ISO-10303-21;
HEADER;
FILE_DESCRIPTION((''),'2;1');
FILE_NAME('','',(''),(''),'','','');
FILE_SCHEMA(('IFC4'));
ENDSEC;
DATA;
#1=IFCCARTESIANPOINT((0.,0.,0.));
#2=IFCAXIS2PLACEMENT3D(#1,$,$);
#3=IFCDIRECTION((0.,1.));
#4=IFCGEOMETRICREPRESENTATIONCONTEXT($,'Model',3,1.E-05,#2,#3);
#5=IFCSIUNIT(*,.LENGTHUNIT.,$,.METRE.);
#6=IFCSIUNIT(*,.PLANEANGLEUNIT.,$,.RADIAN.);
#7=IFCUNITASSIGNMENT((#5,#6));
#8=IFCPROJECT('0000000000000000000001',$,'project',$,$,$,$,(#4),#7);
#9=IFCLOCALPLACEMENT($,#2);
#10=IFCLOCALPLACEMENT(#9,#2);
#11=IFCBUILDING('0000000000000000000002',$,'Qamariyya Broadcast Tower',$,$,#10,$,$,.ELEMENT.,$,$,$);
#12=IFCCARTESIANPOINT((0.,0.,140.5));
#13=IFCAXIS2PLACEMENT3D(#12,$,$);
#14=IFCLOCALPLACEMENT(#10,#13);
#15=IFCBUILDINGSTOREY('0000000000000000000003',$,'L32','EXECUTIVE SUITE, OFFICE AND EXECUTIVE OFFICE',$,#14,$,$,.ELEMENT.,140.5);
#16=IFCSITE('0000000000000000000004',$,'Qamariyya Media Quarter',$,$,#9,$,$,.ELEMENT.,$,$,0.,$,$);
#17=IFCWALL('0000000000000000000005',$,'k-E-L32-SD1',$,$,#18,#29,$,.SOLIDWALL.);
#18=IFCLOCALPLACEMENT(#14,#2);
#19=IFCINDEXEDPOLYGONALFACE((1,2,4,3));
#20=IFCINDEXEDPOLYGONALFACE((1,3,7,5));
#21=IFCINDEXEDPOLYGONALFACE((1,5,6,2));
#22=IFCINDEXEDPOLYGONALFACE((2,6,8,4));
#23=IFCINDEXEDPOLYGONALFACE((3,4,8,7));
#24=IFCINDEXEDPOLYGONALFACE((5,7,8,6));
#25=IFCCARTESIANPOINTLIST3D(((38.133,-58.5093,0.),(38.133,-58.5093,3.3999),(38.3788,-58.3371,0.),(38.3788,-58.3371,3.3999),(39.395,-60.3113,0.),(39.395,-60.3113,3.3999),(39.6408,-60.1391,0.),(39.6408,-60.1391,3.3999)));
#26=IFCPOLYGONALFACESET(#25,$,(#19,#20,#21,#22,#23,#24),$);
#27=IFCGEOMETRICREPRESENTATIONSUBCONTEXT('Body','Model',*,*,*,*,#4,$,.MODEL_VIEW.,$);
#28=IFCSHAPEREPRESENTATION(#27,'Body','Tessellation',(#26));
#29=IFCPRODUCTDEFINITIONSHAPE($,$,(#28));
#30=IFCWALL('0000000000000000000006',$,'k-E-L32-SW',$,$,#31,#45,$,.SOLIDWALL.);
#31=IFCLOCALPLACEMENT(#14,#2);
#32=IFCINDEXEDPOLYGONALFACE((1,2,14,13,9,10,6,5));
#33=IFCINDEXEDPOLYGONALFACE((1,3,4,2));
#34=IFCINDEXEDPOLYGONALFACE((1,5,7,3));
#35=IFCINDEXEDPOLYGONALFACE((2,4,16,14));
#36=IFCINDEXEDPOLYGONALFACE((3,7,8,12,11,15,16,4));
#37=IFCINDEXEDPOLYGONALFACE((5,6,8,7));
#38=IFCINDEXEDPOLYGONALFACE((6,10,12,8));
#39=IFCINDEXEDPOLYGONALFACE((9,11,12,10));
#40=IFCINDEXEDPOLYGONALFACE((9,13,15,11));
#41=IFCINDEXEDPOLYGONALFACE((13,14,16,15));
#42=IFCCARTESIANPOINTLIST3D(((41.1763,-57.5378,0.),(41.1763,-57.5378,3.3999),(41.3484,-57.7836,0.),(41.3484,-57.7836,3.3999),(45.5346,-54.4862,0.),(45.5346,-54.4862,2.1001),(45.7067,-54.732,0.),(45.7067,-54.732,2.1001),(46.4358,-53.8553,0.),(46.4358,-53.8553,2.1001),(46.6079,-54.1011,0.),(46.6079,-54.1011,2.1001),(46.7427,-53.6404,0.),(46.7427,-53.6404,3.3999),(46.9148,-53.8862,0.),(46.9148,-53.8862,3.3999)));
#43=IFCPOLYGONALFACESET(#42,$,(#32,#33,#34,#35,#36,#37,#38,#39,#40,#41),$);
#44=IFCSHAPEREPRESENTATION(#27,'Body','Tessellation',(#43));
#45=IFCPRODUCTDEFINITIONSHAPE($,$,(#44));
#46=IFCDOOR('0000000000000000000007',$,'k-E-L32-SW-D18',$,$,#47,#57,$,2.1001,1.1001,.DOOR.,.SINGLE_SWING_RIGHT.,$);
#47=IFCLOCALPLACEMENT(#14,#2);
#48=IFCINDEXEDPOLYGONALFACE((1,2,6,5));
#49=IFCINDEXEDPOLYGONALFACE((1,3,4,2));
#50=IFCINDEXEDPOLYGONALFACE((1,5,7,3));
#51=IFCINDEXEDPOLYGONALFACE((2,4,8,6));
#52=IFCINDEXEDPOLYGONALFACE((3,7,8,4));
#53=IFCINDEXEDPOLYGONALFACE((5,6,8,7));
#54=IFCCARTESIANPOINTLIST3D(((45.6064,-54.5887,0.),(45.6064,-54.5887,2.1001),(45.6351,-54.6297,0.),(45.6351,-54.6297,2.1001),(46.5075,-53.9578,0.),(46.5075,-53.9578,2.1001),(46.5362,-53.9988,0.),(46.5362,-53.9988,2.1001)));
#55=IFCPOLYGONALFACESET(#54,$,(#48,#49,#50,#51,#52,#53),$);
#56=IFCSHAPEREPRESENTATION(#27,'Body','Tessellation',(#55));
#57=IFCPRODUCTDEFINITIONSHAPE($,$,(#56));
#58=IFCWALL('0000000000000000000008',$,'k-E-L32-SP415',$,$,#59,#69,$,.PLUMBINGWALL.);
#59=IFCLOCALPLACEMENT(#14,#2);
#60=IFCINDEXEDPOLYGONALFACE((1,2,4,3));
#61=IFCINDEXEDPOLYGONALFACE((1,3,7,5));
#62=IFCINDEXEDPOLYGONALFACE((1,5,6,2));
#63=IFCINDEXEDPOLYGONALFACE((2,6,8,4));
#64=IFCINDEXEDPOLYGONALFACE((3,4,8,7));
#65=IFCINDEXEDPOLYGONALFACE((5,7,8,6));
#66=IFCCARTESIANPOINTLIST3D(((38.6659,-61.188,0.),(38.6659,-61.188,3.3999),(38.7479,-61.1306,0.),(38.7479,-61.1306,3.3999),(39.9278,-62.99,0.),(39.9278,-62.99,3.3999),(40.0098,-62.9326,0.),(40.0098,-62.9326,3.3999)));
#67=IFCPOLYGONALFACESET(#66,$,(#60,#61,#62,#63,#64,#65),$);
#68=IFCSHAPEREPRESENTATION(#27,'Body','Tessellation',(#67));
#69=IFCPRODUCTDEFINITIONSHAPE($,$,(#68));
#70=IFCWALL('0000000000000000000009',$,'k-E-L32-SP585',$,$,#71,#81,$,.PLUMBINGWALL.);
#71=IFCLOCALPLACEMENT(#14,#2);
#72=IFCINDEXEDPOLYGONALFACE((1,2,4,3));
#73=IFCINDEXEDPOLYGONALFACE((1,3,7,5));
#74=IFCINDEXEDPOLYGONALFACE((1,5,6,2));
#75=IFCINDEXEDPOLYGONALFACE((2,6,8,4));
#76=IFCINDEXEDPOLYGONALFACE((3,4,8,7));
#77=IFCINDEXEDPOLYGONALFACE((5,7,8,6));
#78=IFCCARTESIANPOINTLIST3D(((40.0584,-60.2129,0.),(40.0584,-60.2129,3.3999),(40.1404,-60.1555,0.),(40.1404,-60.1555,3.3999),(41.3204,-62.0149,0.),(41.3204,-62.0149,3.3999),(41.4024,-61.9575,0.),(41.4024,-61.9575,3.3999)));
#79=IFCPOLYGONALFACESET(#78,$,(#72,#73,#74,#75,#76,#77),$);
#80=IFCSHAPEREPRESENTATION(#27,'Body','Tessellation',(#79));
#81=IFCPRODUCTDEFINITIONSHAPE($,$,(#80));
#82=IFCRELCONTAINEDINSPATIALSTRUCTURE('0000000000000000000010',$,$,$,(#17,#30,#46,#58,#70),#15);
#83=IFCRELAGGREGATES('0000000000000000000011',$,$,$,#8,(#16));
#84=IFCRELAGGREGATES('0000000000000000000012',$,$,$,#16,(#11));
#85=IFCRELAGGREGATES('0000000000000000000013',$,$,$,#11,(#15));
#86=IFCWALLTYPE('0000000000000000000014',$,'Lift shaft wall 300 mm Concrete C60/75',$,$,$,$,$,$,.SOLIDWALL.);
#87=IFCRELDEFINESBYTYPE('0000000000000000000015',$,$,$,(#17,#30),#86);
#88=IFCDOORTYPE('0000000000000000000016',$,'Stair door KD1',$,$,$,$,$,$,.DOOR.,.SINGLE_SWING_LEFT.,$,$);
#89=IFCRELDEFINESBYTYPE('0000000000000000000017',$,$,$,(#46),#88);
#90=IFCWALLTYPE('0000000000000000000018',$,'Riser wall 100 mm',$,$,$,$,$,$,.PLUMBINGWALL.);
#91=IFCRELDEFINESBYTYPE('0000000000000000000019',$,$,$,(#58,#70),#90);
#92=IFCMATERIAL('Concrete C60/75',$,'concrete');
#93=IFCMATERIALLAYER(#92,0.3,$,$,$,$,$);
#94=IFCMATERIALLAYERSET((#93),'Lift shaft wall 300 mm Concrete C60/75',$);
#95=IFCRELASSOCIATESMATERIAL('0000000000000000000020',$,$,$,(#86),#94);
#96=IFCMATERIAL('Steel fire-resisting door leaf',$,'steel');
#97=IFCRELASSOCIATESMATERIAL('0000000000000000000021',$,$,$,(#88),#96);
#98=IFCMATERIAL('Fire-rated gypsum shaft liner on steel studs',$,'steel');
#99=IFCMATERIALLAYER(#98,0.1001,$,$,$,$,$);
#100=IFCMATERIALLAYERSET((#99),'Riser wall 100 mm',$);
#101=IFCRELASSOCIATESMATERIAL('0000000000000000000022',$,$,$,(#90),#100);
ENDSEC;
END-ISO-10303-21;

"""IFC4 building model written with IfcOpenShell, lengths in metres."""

from ifc_helpers import new_model, si_unit, direction, frame, frame_2d, origin, place, context, subcontext, project, spatial, rectangle, extrude, material, layer, layer_set, type_object, element, fill, save


model = new_model("IFC4")

# Units and contexts
model_context = context("Model", 3, precision=1e-05, world=origin(), true_north=direction((0.0, 1.0)))
body_context = subcontext(model_context, "Body", "Model", "MODEL_VIEW")
ifc_project = project(units=[si_unit("LENGTHUNIT", "METRE"), si_unit("PLANEANGLEUNIT", "RADIAN")], contexts=[model_context])

# Site, building, storey
site_placement = place(None, origin())
site = spatial("IfcSite", under=ifc_project, at=site_placement, Name="Qamariyya Media Quarter", CompositionType="ELEMENT", RefElevation=0.0)
building_placement = place(site_placement, origin())
building = spatial("IfcBuilding", under=site, at=building_placement, Name="Qamariyya Broadcast Tower", CompositionType="ELEMENT")
storey_placement = place(building_placement, frame((0.0, 0.0, 140.5)))
storey = spatial("IfcBuildingStorey", under=building, at=storey_placement, Name="L32", Description="EXECUTIVE SUITE, OFFICE AND EXECUTIVE OFFICE", CompositionType="ELEMENT", Elevation=140.5)

# Shared definitions
ifc_material_1 = material(Name="Concrete C60/75", Category="concrete")
ifc_layer_1 = layer(ifc_material_1, 0.3)
ifc_layer_set_1 = layer_set([ifc_layer_1], Name="Lift shaft wall 300 mm Concrete C60/75")
wall_type_1 = type_object("IfcWallType", Name="Lift shaft wall 300 mm Concrete C60/75", PredefinedType="SOLIDWALL", material=ifc_layer_set_1)
ifc_material_2 = material(Name="Steel fire-resisting door leaf", Category="steel")

# Wall
wall_1_placement = place(storey_placement, frame((38.2559, -58.4231, 0.0), z_axis=(0.0, 0.0, 1.0), x_axis=(0.573634, -0.819112, 0.0)))
element("IfcWall", 1, at=wall_1_placement, inside=storey, type_object=wall_type_1, Name="k-E-L32-SD1", PredefinedType="SOLIDWALL", context=body_context, shape_type="SweptSolid", body=[
    extrude(rectangle(XDim=2.2, YDim=0.3, at=frame_2d((1.1001, 0.0))), origin(), (0.0, 0.0, 1.0), 3.3999),
])

# Wall, opening, door
wall_2_placement = place(storey_placement, frame((41.2625, -57.6606, 0.0), z_axis=(0.0, 0.0, 1.0), x_axis=(0.819164, 0.573559, 0.0)))
wall_2 = element("IfcWall", 2, at=wall_2_placement, inside=storey, type_object=wall_type_1, Name="k-E-L32-SW", PredefinedType="SOLIDWALL", context=body_context, shape_type="SweptSolid", body=[
    extrude(rectangle(XDim=6.7952, YDim=0.3, at=frame_2d((3.3975, 0.0))), origin(), (0.0, 0.0, 1.0), 3.3999),
])
opening_1_placement = place(wall_2_placement, frame((5.3203, 0.0, 0.0)))
opening_1 = element("IfcOpeningElement", 3, at=opening_1_placement, cuts=wall_2, PredefinedType="OPENING", context=body_context, shape_type="SweptSolid", body=[
    extrude(rectangle(XDim=1.1001, YDim=2.1001, at=frame_2d((0.55, 1.05))), frame((0.0, 0.1599, 0.0), z_axis=(0.0, -1.0, 0.0), x_axis=(1.0, 0.0, 0.0)), (0.0, 0.0, 1.0), 0.3201),
])
door_type_1 = type_object("IfcDoorType", Name="Stair door KD1", OperationType="SINGLE_SWING_LEFT", PredefinedType="DOOR", material=ifc_material_2)
door_1_placement = place(opening_1_placement, origin())
door_1 = element("IfcDoor", 4, at=door_1_placement, inside=storey, type_object=door_type_1, Name="k-E-L32-SW-D18", OperationType="SINGLE_SWING_RIGHT", OverallHeight=2.1001, OverallWidth=1.1001, PredefinedType="DOOR", context=body_context, shape_type="SweptSolid", body=[
    extrude(rectangle(XDim=1.1001, YDim=2.1001, at=frame_2d((0.55, 1.05))), frame((0.0, 0.0249, 0.0), z_axis=(0.0, -1.0, 0.0), x_axis=(1.0, 0.0, 0.0)), (0.0, 0.0, 1.0), 0.05),
])
fill(opening_1, door_1)

# Walls
ifc_material_3 = material(Name="Fire-rated gypsum shaft liner on steel studs", Category="steel")
ifc_layer_2 = layer(ifc_material_3, 0.1001)
ifc_layer_set_2 = layer_set([ifc_layer_2], Name="Riser wall 100 mm")
wall_type_2 = type_object("IfcWallType", Name="Riser wall 100 mm", PredefinedType="PLUMBINGWALL", material=ifc_layer_set_2)
for number, where, z_axis, x_axis, name in (
    (5, (38.7068, -61.1592, 0.0), (0.0, 0.0, 1.0), (0.573634, -0.819112, 0.0), "k-E-L32-SP415"),
    (6, (40.0994, -60.1841, 0.0), (0.0, 0.0, 1.0), (0.573634, -0.819112, 0.0), "k-E-L32-SP585"),
):
    element("IfcWall", number, at=place(storey_placement, frame(where, z_axis=z_axis, x_axis=x_axis)), inside=storey, type_object=wall_type_2, Name=name, PredefinedType="PLUMBINGWALL", context=body_context, shape_type="SweptSolid", body=[
        extrude(rectangle(XDim=2.2, YDim=0.1001, at=frame_2d((1.1001, 0.0))), origin(), (0.0, 0.0, 1.0), 3.3999),
    ])

save(model, "model.ifc")
